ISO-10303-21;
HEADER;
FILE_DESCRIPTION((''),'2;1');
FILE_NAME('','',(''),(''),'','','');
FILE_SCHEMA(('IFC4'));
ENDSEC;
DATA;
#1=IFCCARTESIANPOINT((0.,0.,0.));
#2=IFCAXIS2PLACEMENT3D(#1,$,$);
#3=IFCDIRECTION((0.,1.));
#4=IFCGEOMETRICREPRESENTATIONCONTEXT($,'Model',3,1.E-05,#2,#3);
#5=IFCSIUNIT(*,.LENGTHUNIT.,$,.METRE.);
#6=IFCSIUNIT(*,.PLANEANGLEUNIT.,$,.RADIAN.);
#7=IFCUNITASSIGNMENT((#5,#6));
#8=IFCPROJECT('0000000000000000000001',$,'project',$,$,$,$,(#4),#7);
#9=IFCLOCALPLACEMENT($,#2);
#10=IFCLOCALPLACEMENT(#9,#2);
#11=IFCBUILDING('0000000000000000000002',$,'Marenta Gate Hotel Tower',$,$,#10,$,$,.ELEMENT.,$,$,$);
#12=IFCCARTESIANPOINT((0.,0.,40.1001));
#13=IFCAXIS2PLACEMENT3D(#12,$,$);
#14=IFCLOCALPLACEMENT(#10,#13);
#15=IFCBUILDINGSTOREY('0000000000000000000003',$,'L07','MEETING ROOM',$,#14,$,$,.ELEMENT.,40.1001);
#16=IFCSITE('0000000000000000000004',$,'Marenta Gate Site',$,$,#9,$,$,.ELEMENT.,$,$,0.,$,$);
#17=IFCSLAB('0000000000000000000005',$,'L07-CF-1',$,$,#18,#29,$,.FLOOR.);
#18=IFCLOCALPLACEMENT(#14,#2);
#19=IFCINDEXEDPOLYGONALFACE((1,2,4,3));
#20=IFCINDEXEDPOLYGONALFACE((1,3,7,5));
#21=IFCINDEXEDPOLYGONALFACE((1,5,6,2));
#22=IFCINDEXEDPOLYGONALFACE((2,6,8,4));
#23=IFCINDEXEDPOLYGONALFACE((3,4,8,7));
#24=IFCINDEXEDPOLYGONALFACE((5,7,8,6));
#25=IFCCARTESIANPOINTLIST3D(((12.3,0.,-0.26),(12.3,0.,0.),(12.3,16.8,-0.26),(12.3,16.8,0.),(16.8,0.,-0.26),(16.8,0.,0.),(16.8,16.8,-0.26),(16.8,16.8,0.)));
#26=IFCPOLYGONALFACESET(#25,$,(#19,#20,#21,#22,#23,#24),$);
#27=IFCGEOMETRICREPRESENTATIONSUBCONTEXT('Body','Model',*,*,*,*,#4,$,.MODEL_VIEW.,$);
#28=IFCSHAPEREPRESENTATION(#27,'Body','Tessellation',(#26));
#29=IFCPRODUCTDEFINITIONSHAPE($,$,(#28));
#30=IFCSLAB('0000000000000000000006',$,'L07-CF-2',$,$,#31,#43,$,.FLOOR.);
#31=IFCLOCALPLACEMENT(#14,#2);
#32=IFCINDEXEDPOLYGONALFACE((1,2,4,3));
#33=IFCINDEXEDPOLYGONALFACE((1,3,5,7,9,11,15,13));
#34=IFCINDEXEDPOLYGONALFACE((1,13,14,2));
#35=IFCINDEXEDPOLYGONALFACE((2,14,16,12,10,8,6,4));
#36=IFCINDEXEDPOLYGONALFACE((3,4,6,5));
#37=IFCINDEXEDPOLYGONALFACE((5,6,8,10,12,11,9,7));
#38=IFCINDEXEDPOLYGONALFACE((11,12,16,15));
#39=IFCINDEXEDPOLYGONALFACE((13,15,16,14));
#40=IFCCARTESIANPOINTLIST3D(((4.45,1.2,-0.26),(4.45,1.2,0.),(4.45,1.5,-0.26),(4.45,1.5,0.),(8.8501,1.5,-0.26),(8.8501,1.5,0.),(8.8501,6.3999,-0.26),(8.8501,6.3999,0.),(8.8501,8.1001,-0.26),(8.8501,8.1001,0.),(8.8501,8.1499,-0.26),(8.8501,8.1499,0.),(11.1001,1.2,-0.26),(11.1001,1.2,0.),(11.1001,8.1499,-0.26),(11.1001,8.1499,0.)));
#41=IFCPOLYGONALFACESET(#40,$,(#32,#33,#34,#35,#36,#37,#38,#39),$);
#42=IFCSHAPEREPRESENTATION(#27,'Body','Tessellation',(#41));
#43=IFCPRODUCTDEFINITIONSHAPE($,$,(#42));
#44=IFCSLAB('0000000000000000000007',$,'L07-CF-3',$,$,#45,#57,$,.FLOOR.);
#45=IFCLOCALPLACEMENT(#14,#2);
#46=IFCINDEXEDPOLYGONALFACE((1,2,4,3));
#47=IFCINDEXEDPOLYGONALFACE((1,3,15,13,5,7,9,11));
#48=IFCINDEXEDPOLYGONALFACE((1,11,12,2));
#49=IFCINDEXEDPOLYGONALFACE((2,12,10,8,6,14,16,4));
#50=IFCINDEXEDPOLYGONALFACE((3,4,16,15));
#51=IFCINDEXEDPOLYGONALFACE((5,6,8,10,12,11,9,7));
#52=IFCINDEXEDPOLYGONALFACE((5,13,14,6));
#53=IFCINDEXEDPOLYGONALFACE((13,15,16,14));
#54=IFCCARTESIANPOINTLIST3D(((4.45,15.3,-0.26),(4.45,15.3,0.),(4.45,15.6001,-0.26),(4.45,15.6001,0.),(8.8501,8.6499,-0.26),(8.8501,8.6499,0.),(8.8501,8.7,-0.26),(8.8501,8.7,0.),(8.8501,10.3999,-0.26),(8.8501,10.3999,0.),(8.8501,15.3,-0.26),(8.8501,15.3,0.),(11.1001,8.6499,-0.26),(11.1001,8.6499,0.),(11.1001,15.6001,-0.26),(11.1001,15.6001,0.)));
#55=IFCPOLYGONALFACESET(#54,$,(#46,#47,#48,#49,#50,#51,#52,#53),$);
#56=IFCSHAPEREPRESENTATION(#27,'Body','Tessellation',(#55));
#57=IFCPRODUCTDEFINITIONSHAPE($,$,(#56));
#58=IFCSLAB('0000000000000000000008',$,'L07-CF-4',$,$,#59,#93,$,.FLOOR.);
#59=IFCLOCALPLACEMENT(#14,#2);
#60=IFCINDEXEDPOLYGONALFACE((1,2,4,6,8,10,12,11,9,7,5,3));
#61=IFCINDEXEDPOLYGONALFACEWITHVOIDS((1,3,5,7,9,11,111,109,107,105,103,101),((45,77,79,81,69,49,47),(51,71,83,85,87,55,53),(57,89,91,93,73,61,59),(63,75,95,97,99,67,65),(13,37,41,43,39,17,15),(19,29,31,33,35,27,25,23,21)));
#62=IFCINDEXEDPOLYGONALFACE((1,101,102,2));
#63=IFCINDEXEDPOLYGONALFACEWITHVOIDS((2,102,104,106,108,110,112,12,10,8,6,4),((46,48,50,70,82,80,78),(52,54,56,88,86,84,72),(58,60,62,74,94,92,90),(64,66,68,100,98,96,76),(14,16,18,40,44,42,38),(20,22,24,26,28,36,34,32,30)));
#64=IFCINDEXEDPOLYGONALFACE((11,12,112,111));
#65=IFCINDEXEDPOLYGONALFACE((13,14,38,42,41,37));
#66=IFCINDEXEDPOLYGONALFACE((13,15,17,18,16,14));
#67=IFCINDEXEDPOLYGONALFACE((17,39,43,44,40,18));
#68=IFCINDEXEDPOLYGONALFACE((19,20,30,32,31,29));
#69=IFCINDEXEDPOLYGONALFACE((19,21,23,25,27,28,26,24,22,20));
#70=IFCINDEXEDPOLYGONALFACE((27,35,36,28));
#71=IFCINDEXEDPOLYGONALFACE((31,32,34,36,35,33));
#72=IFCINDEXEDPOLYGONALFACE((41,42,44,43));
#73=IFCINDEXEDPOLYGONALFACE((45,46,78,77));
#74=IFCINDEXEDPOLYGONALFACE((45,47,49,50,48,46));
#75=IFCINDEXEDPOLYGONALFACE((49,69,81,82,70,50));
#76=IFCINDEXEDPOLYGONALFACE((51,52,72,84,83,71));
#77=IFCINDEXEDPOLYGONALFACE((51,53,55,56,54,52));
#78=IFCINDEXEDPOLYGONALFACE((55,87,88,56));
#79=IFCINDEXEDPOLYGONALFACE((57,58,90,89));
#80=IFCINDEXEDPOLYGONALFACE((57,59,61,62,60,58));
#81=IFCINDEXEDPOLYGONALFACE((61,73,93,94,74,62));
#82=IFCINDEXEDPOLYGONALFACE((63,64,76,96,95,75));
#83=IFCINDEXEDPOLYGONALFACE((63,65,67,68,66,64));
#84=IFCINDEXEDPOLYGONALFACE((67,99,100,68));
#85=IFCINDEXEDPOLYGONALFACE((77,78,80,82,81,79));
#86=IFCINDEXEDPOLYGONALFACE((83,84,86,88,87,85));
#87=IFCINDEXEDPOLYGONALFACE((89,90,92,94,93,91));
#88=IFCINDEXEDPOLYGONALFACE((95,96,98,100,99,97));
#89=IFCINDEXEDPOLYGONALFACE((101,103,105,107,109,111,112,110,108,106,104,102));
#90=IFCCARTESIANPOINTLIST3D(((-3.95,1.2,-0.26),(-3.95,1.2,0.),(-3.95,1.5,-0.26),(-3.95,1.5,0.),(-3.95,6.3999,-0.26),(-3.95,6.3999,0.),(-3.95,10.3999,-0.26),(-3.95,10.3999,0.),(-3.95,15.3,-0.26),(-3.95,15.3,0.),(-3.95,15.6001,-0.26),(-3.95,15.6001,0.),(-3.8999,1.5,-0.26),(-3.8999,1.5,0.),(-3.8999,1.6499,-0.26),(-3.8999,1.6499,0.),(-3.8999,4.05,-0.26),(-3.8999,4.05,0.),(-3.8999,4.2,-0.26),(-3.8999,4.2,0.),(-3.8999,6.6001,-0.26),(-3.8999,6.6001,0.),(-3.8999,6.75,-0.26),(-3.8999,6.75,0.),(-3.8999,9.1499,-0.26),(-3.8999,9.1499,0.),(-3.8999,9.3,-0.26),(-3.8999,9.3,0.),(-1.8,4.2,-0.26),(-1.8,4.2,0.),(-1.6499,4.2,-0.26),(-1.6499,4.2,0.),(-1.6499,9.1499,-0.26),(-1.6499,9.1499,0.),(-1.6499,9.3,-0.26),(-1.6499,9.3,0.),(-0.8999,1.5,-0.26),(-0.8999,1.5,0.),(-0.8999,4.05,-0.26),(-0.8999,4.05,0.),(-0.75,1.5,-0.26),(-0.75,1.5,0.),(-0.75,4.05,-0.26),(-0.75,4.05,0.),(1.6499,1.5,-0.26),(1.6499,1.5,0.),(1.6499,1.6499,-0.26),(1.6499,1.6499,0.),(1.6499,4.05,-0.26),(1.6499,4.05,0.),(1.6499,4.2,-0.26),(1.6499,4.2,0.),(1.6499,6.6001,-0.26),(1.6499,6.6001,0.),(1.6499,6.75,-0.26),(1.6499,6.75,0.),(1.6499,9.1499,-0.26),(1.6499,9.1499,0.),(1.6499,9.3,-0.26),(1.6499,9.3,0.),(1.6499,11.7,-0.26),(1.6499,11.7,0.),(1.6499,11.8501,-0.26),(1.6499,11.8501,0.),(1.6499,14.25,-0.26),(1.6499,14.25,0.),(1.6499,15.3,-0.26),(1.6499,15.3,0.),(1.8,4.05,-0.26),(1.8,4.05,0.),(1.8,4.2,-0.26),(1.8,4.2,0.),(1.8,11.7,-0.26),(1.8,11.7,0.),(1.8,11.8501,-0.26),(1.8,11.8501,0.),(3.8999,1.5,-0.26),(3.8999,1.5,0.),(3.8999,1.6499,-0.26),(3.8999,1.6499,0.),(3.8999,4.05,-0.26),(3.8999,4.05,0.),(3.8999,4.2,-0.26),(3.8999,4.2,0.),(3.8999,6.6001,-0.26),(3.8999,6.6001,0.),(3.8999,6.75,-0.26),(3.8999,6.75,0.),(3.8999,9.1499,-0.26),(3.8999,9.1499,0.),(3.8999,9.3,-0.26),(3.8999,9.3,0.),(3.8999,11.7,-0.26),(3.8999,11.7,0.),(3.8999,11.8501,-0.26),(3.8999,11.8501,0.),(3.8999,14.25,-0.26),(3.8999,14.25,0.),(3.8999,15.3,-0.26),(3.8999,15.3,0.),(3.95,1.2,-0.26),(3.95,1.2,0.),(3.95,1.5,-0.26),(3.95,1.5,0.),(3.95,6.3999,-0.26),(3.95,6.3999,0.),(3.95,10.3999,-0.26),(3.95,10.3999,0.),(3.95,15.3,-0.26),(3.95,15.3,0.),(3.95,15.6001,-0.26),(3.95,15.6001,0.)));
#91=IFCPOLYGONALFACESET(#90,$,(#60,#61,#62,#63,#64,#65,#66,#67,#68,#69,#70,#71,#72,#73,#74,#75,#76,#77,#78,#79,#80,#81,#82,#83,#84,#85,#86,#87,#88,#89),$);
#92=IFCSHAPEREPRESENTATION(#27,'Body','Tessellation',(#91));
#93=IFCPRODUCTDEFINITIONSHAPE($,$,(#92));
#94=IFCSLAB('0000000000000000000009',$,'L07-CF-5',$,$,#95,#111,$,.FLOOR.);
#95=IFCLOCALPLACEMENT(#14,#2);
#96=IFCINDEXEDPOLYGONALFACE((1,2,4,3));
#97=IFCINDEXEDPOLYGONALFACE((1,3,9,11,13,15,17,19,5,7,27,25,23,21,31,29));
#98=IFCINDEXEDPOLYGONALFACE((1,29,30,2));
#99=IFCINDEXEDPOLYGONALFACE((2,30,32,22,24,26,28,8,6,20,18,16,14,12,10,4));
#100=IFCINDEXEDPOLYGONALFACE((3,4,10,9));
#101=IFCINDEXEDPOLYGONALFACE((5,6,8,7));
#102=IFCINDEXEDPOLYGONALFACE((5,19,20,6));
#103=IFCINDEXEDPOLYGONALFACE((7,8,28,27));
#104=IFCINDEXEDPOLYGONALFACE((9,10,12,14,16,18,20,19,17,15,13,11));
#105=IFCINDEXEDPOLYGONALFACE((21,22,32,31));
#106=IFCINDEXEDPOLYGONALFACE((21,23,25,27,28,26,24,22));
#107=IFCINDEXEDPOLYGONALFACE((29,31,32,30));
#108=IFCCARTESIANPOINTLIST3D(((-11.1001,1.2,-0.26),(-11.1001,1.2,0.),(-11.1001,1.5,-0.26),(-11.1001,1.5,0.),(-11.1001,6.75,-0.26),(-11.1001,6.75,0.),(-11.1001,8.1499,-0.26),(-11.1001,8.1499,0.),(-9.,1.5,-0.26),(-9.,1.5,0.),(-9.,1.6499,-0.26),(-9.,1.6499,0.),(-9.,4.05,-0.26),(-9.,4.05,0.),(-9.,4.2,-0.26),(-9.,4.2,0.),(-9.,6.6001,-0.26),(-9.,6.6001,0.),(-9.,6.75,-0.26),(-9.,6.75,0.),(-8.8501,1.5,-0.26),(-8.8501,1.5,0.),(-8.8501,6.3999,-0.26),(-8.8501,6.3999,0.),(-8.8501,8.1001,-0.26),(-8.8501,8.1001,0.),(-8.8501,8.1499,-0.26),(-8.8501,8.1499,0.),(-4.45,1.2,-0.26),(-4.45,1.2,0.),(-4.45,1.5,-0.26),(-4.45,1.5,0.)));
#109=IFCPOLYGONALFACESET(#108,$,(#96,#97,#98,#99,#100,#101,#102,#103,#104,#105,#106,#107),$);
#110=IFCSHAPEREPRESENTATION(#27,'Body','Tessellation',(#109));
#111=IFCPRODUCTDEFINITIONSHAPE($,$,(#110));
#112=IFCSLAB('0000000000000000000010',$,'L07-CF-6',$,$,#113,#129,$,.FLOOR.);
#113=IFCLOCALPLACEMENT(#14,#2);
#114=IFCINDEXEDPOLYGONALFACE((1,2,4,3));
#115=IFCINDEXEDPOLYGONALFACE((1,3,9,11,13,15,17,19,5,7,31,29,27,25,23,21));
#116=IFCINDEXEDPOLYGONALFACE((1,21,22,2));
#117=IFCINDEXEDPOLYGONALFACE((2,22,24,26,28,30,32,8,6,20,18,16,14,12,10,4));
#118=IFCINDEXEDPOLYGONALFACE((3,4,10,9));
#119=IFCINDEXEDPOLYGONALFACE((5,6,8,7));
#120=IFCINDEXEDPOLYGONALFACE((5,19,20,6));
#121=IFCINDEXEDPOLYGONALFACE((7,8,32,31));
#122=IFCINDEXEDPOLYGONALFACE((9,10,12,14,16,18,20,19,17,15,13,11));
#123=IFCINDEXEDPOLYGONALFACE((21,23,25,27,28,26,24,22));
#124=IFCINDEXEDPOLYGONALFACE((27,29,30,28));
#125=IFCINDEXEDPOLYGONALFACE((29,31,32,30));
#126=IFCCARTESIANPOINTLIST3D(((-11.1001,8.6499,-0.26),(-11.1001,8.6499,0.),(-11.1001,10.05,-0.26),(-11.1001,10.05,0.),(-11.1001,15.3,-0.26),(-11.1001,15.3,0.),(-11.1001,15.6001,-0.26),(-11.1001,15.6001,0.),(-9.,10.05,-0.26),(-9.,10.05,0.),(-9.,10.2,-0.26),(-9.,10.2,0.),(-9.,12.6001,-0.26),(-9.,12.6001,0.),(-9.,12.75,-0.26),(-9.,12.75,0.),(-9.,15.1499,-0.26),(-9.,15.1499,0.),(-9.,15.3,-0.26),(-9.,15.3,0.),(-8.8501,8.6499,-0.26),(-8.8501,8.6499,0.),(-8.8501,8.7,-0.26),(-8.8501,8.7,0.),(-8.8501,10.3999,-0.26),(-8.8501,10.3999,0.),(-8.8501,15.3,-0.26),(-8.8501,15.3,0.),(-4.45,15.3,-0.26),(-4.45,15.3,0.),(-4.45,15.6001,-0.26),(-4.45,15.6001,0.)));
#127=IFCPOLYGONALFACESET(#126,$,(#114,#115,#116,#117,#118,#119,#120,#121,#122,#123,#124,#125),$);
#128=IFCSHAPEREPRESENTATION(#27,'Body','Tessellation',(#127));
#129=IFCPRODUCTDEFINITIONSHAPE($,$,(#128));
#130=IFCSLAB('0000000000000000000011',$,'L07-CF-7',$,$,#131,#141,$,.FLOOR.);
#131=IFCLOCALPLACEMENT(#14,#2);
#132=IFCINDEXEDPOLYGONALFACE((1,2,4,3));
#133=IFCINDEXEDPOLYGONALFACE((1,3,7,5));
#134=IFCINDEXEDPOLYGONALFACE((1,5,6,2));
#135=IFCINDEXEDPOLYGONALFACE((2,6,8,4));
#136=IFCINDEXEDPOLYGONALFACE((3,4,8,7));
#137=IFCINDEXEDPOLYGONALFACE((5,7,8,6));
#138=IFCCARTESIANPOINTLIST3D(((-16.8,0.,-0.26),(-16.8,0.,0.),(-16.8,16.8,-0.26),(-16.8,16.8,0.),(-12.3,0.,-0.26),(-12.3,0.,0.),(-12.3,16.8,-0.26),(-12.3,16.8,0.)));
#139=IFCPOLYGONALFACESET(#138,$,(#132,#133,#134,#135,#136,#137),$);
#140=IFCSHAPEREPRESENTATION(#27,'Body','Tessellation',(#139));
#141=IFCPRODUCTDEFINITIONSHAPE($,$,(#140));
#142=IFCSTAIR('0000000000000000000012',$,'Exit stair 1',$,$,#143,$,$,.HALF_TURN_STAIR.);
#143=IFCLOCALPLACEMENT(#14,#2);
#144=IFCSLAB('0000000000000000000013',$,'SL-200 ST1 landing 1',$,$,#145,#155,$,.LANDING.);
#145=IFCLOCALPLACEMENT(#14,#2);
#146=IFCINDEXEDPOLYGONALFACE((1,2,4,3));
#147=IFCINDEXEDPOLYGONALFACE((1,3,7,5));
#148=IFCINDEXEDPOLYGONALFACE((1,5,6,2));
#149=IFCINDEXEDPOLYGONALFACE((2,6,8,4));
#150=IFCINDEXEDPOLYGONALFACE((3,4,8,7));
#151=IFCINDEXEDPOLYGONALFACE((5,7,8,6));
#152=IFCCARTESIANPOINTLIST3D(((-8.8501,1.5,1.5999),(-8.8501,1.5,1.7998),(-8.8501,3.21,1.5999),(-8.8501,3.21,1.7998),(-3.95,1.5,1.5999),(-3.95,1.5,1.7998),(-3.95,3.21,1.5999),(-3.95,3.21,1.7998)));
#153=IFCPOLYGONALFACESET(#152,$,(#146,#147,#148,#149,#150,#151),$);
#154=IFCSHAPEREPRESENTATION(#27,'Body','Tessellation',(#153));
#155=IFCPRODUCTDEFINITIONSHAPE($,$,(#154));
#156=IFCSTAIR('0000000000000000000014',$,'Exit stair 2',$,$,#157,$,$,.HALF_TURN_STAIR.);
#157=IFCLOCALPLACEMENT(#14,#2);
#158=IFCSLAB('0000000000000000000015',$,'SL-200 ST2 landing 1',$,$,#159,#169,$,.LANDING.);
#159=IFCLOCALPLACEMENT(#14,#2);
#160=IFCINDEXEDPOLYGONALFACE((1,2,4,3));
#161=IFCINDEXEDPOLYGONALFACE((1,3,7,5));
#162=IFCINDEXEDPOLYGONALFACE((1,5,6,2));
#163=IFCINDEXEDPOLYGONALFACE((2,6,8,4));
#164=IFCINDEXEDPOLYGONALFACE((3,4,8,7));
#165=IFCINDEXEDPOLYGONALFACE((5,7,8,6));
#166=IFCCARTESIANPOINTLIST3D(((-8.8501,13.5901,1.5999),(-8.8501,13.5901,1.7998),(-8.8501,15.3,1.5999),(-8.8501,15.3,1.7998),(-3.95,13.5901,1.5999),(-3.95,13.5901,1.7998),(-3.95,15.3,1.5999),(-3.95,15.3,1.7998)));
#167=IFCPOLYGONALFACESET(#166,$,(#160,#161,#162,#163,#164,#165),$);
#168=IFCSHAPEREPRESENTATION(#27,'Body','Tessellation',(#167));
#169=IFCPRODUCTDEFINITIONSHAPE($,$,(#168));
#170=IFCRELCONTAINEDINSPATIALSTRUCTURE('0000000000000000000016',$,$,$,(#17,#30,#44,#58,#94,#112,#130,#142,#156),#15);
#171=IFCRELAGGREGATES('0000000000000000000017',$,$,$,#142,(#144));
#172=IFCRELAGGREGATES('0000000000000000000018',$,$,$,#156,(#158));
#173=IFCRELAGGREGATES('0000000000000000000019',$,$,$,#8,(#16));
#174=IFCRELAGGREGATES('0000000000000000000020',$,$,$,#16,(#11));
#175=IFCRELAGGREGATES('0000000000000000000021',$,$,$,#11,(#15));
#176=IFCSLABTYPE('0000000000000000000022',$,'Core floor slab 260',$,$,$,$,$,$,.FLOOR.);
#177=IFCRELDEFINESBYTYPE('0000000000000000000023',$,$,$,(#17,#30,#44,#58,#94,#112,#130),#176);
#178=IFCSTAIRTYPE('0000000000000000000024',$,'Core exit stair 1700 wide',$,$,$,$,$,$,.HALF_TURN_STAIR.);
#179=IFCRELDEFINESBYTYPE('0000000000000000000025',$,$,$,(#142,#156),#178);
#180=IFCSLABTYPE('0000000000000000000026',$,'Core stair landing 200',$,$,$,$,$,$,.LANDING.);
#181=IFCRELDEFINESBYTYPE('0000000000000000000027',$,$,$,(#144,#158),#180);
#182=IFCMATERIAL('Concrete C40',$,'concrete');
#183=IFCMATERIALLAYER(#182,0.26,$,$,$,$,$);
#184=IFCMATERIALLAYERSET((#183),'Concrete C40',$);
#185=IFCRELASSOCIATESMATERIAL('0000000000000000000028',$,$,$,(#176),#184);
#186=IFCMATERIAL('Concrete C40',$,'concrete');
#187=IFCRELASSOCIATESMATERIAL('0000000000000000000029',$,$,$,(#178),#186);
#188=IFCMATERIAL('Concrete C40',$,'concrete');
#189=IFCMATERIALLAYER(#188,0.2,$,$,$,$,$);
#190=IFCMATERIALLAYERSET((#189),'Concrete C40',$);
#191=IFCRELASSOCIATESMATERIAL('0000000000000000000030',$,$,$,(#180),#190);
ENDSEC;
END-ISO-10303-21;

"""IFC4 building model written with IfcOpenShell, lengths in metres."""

from ifc_helpers import new_model, si_unit, direction, frame, origin, place, context, subcontext, project, spatial, polyline, outline, extrude, material, layer, layer_set, type_object, element, aggregate, save


model = new_model("IFC4")

# Units and contexts
model_context = context("Model", 3, precision=1e-05, world=origin(), true_north=direction((0.0, 1.0)))
body_context = subcontext(model_context, "Body", "Model", "MODEL_VIEW")
ifc_project = project(units=[si_unit("LENGTHUNIT", "METRE"), si_unit("PLANEANGLEUNIT", "RADIAN")], contexts=[model_context])

# Site, building, storey
site_placement = place(None, origin())
site = spatial("IfcSite", under=ifc_project, at=site_placement, Name="Marenta Gate Site", CompositionType="ELEMENT", RefElevation=0.0)
building_placement = place(site_placement, origin())
building = spatial("IfcBuilding", under=site, at=building_placement, Name="Marenta Gate Hotel Tower", CompositionType="ELEMENT")
storey_placement = place(building_placement, frame((0.0, 0.0, 40.1001)))
storey = spatial("IfcBuildingStorey", under=building, at=storey_placement, Name="L07", Description="MEETING ROOM", CompositionType="ELEMENT", Elevation=40.1001)

# Slabs
ifc_material_1 = material(Name="Concrete C40", Category="concrete")
ifc_layer_1 = layer(ifc_material_1, 0.26)
ifc_layer_set_1 = layer_set([ifc_layer_1], Name="Concrete C40")
slab_type_1 = type_object("IfcSlabType", Name="Core floor slab 260", PredefinedType="FLOOR", material=ifc_layer_set_1)
slab_1_placement = place(storey_placement, frame((0.0, 0.0, -0.26)))
element("IfcSlab", 1, at=slab_1_placement, inside=storey, type_object=slab_type_1, Name="L07-CF-1", PredefinedType="FLOOR", context=body_context, shape_type="SweptSolid", body=[
    extrude(outline(polyline([(12.3, 0.0), (12.3, 16.8), (16.8, 16.8), (16.8, 0.0), (12.3, 0.0)])), origin(), (0.0, 0.0, 1.0), 0.26),
])
slab_2_placement = place(storey_placement, frame((0.0, 0.0, -0.26)))
element("IfcSlab", 2, at=slab_2_placement, inside=storey, type_object=slab_type_1, Name="L07-CF-2", PredefinedType="FLOOR", context=body_context, shape_type="SweptSolid", body=[
    extrude(outline(polyline([(8.8501, 1.5), (8.8501, 6.3999), (8.8501, 8.1001), (8.8501, 8.1499), (11.1001, 8.1499), (11.1001, 1.2), (4.45, 1.2), (4.45, 1.5), (8.8501, 1.5)])), origin(), (0.0, 0.0, 1.0), 0.26),
])
slab_3_placement = place(storey_placement, frame((0.0, 0.0, -0.26)))
element("IfcSlab", 3, at=slab_3_placement, inside=storey, type_object=slab_type_1, Name="L07-CF-3", PredefinedType="FLOOR", context=body_context, shape_type="SweptSolid", body=[
    extrude(outline(polyline([(8.8501, 15.3), (4.45, 15.3), (4.45, 15.6001), (11.1001, 15.6001), (11.1001, 8.6499), (8.8501, 8.6499), (8.8501, 8.7), (8.8501, 10.3999), (8.8501, 15.3)])), origin(), (0.0, 0.0, 1.0), 0.26),
])
slab_4_placement = place(storey_placement, frame((0.0, 0.0, -0.26)))
element("IfcSlab", 4, at=slab_4_placement, inside=storey, type_object=slab_type_1, Name="L07-CF-4", PredefinedType="FLOOR", context=body_context, shape_type="SweptSolid", body=[
    extrude(outline(polyline([(3.95, 15.3), (3.95, 10.3999), (3.95, 6.3999), (3.95, 1.5), (3.95, 1.2), (-3.95, 1.2), (-3.95, 1.5), (-3.95, 6.3999), (-3.95, 10.3999), (-3.95, 15.3), (-3.95, 15.6001), (3.95, 15.6001), (3.95, 15.3)]), holes=[polyline([(1.6499, 4.05), (1.6499, 1.6499), (1.6499, 1.5), (3.8999, 1.5), (3.8999, 1.6499), (3.8999, 4.05), (1.8, 4.05), (1.6499, 4.05)]), polyline([(1.6499, 9.1499), (3.8999, 9.1499), (3.8999, 9.3), (3.8999, 11.7), (1.8, 11.7), (1.6499, 11.7), (1.6499, 9.3), (1.6499, 9.1499)]), polyline([(1.6499, 11.8501), (1.8, 11.8501), (3.8999, 11.8501), (3.8999, 14.25), (3.8999, 15.3), (1.6499, 15.3), (1.6499, 14.25), (1.6499, 11.8501)]), polyline([(3.8999, 6.6001), (3.8999, 6.75), (1.6499, 6.75), (1.6499, 6.6001), (1.6499, 4.2), (1.8, 4.2), (3.8999, 4.2), (3.8999, 6.6001)]), polyline([(-3.8999, 1.5), (-0.8999, 1.5), (-0.75, 1.5), (-0.75, 4.05), (-0.8999, 4.05), (-3.8999, 4.05), (-3.8999, 1.6499), (-3.8999, 1.5)]), polyline([(-1.6499, 4.2), (-1.6499, 9.1499), (-1.6499, 9.3), (-3.8999, 9.3), (-3.8999, 9.1499), (-3.8999, 6.75), (-3.8999, 6.6001), (-3.8999, 4.2), (-1.8, 4.2), (-1.6499, 4.2)])]), origin(), (0.0, 0.0, 1.0), 0.26),
])
slab_5_placement = place(storey_placement, frame((0.0, 0.0, -0.26)))
element("IfcSlab", 5, at=slab_5_placement, inside=storey, type_object=slab_type_1, Name="L07-CF-5", PredefinedType="FLOOR", context=body_context, shape_type="SweptSolid", body=[
    extrude(outline(polyline([(-9.0, 1.5), (-9.0, 1.6499), (-9.0, 4.05), (-9.0, 4.2), (-9.0, 6.6001), (-9.0, 6.75), (-11.1001, 6.75), (-11.1001, 8.1499), (-8.8501, 8.1499), (-8.8501, 8.1001), (-8.8501, 6.3999), (-8.8501, 1.5), (-4.45, 1.5), (-4.45, 1.2), (-11.1001, 1.2), (-11.1001, 1.5), (-9.0, 1.5)])), origin(), (0.0, 0.0, 1.0), 0.26),
])
slab_6_placement = place(storey_placement, frame((0.0, 0.0, -0.26)))
element("IfcSlab", 6, at=slab_6_placement, inside=storey, type_object=slab_type_1, Name="L07-CF-6", PredefinedType="FLOOR", context=body_context, shape_type="SweptSolid", body=[
    extrude(outline(polyline([(-4.45, 15.3), (-8.8501, 15.3), (-8.8501, 10.3999), (-8.8501, 8.7), (-8.8501, 8.6499), (-11.1001, 8.6499), (-11.1001, 10.05), (-9.0, 10.05), (-9.0, 10.2), (-9.0, 12.6001), (-9.0, 12.75), (-9.0, 15.1499), (-9.0, 15.3), (-11.1001, 15.3), (-11.1001, 15.6001), (-4.45, 15.6001), (-4.45, 15.3)])), origin(), (0.0, 0.0, 1.0), 0.26),
])
slab_7_placement = place(storey_placement, frame((0.0, 0.0, -0.26)))
element("IfcSlab", 7, at=slab_7_placement, inside=storey, type_object=slab_type_1, Name="L07-CF-7", PredefinedType="FLOOR", context=body_context, shape_type="SweptSolid", body=[
    extrude(outline(polyline([(-12.3, 16.8), (-12.3, 0.0), (-16.8, 0.0), (-16.8, 16.8), (-12.3, 16.8)])), origin(), (0.0, 0.0, 1.0), 0.26),
])

# Stairs, slabs
ifc_material_2 = material(Name="Concrete C40", Category="concrete")
stair_type_1 = type_object("IfcStairType", Name="Core exit stair 1700 wide", PredefinedType="HALF_TURN_STAIR", material=ifc_material_2)
stair_1_placement = place(storey_placement, origin())
stair_1 = element("IfcStair", 8, at=stair_1_placement, inside=storey, type_object=stair_type_1, Name="Exit stair 1", PredefinedType="HALF_TURN_STAIR")
ifc_material_3 = material(Name="Concrete C40", Category="concrete")
ifc_layer_2 = layer(ifc_material_3, 0.2)
ifc_layer_set_2 = layer_set([ifc_layer_2], Name="Concrete C40")
slab_type_2 = type_object("IfcSlabType", Name="Core stair landing 200", PredefinedType="LANDING", material=ifc_layer_set_2)
slab_8_placement = place(storey_placement, frame((0.0, 0.0, 1.5999)))
slab_8 = element("IfcSlab", 9, at=slab_8_placement, type_object=slab_type_2, Name="SL-200 ST1 landing 1", PredefinedType="LANDING", context=body_context, shape_type="SweptSolid", body=[
    extrude(outline(polyline([(-8.8501, 1.5), (-3.95, 1.5), (-3.95, 3.21), (-8.8501, 3.21), (-8.8501, 1.5)])), origin(), (0.0, 0.0, 1.0), 0.2),
])
aggregate(stair_1, [slab_8])
stair_2_placement = place(storey_placement, origin())
stair_2 = element("IfcStair", 10, at=stair_2_placement, inside=storey, type_object=stair_type_1, Name="Exit stair 2", PredefinedType="HALF_TURN_STAIR")
slab_9_placement = place(storey_placement, frame((0.0, 0.0, 1.5999)))
slab_9 = element("IfcSlab", 11, at=slab_9_placement, type_object=slab_type_2, Name="SL-200 ST2 landing 1", PredefinedType="LANDING", context=body_context, shape_type="SweptSolid", body=[
    extrude(outline(polyline([(-8.8501, 13.5901), (-3.95, 13.5901), (-3.95, 15.3), (-8.8501, 15.3), (-8.8501, 13.5901)])), origin(), (0.0, 0.0, 1.0), 0.2),
])
aggregate(stair_2, [slab_9])

save(model, "model.ifc")
